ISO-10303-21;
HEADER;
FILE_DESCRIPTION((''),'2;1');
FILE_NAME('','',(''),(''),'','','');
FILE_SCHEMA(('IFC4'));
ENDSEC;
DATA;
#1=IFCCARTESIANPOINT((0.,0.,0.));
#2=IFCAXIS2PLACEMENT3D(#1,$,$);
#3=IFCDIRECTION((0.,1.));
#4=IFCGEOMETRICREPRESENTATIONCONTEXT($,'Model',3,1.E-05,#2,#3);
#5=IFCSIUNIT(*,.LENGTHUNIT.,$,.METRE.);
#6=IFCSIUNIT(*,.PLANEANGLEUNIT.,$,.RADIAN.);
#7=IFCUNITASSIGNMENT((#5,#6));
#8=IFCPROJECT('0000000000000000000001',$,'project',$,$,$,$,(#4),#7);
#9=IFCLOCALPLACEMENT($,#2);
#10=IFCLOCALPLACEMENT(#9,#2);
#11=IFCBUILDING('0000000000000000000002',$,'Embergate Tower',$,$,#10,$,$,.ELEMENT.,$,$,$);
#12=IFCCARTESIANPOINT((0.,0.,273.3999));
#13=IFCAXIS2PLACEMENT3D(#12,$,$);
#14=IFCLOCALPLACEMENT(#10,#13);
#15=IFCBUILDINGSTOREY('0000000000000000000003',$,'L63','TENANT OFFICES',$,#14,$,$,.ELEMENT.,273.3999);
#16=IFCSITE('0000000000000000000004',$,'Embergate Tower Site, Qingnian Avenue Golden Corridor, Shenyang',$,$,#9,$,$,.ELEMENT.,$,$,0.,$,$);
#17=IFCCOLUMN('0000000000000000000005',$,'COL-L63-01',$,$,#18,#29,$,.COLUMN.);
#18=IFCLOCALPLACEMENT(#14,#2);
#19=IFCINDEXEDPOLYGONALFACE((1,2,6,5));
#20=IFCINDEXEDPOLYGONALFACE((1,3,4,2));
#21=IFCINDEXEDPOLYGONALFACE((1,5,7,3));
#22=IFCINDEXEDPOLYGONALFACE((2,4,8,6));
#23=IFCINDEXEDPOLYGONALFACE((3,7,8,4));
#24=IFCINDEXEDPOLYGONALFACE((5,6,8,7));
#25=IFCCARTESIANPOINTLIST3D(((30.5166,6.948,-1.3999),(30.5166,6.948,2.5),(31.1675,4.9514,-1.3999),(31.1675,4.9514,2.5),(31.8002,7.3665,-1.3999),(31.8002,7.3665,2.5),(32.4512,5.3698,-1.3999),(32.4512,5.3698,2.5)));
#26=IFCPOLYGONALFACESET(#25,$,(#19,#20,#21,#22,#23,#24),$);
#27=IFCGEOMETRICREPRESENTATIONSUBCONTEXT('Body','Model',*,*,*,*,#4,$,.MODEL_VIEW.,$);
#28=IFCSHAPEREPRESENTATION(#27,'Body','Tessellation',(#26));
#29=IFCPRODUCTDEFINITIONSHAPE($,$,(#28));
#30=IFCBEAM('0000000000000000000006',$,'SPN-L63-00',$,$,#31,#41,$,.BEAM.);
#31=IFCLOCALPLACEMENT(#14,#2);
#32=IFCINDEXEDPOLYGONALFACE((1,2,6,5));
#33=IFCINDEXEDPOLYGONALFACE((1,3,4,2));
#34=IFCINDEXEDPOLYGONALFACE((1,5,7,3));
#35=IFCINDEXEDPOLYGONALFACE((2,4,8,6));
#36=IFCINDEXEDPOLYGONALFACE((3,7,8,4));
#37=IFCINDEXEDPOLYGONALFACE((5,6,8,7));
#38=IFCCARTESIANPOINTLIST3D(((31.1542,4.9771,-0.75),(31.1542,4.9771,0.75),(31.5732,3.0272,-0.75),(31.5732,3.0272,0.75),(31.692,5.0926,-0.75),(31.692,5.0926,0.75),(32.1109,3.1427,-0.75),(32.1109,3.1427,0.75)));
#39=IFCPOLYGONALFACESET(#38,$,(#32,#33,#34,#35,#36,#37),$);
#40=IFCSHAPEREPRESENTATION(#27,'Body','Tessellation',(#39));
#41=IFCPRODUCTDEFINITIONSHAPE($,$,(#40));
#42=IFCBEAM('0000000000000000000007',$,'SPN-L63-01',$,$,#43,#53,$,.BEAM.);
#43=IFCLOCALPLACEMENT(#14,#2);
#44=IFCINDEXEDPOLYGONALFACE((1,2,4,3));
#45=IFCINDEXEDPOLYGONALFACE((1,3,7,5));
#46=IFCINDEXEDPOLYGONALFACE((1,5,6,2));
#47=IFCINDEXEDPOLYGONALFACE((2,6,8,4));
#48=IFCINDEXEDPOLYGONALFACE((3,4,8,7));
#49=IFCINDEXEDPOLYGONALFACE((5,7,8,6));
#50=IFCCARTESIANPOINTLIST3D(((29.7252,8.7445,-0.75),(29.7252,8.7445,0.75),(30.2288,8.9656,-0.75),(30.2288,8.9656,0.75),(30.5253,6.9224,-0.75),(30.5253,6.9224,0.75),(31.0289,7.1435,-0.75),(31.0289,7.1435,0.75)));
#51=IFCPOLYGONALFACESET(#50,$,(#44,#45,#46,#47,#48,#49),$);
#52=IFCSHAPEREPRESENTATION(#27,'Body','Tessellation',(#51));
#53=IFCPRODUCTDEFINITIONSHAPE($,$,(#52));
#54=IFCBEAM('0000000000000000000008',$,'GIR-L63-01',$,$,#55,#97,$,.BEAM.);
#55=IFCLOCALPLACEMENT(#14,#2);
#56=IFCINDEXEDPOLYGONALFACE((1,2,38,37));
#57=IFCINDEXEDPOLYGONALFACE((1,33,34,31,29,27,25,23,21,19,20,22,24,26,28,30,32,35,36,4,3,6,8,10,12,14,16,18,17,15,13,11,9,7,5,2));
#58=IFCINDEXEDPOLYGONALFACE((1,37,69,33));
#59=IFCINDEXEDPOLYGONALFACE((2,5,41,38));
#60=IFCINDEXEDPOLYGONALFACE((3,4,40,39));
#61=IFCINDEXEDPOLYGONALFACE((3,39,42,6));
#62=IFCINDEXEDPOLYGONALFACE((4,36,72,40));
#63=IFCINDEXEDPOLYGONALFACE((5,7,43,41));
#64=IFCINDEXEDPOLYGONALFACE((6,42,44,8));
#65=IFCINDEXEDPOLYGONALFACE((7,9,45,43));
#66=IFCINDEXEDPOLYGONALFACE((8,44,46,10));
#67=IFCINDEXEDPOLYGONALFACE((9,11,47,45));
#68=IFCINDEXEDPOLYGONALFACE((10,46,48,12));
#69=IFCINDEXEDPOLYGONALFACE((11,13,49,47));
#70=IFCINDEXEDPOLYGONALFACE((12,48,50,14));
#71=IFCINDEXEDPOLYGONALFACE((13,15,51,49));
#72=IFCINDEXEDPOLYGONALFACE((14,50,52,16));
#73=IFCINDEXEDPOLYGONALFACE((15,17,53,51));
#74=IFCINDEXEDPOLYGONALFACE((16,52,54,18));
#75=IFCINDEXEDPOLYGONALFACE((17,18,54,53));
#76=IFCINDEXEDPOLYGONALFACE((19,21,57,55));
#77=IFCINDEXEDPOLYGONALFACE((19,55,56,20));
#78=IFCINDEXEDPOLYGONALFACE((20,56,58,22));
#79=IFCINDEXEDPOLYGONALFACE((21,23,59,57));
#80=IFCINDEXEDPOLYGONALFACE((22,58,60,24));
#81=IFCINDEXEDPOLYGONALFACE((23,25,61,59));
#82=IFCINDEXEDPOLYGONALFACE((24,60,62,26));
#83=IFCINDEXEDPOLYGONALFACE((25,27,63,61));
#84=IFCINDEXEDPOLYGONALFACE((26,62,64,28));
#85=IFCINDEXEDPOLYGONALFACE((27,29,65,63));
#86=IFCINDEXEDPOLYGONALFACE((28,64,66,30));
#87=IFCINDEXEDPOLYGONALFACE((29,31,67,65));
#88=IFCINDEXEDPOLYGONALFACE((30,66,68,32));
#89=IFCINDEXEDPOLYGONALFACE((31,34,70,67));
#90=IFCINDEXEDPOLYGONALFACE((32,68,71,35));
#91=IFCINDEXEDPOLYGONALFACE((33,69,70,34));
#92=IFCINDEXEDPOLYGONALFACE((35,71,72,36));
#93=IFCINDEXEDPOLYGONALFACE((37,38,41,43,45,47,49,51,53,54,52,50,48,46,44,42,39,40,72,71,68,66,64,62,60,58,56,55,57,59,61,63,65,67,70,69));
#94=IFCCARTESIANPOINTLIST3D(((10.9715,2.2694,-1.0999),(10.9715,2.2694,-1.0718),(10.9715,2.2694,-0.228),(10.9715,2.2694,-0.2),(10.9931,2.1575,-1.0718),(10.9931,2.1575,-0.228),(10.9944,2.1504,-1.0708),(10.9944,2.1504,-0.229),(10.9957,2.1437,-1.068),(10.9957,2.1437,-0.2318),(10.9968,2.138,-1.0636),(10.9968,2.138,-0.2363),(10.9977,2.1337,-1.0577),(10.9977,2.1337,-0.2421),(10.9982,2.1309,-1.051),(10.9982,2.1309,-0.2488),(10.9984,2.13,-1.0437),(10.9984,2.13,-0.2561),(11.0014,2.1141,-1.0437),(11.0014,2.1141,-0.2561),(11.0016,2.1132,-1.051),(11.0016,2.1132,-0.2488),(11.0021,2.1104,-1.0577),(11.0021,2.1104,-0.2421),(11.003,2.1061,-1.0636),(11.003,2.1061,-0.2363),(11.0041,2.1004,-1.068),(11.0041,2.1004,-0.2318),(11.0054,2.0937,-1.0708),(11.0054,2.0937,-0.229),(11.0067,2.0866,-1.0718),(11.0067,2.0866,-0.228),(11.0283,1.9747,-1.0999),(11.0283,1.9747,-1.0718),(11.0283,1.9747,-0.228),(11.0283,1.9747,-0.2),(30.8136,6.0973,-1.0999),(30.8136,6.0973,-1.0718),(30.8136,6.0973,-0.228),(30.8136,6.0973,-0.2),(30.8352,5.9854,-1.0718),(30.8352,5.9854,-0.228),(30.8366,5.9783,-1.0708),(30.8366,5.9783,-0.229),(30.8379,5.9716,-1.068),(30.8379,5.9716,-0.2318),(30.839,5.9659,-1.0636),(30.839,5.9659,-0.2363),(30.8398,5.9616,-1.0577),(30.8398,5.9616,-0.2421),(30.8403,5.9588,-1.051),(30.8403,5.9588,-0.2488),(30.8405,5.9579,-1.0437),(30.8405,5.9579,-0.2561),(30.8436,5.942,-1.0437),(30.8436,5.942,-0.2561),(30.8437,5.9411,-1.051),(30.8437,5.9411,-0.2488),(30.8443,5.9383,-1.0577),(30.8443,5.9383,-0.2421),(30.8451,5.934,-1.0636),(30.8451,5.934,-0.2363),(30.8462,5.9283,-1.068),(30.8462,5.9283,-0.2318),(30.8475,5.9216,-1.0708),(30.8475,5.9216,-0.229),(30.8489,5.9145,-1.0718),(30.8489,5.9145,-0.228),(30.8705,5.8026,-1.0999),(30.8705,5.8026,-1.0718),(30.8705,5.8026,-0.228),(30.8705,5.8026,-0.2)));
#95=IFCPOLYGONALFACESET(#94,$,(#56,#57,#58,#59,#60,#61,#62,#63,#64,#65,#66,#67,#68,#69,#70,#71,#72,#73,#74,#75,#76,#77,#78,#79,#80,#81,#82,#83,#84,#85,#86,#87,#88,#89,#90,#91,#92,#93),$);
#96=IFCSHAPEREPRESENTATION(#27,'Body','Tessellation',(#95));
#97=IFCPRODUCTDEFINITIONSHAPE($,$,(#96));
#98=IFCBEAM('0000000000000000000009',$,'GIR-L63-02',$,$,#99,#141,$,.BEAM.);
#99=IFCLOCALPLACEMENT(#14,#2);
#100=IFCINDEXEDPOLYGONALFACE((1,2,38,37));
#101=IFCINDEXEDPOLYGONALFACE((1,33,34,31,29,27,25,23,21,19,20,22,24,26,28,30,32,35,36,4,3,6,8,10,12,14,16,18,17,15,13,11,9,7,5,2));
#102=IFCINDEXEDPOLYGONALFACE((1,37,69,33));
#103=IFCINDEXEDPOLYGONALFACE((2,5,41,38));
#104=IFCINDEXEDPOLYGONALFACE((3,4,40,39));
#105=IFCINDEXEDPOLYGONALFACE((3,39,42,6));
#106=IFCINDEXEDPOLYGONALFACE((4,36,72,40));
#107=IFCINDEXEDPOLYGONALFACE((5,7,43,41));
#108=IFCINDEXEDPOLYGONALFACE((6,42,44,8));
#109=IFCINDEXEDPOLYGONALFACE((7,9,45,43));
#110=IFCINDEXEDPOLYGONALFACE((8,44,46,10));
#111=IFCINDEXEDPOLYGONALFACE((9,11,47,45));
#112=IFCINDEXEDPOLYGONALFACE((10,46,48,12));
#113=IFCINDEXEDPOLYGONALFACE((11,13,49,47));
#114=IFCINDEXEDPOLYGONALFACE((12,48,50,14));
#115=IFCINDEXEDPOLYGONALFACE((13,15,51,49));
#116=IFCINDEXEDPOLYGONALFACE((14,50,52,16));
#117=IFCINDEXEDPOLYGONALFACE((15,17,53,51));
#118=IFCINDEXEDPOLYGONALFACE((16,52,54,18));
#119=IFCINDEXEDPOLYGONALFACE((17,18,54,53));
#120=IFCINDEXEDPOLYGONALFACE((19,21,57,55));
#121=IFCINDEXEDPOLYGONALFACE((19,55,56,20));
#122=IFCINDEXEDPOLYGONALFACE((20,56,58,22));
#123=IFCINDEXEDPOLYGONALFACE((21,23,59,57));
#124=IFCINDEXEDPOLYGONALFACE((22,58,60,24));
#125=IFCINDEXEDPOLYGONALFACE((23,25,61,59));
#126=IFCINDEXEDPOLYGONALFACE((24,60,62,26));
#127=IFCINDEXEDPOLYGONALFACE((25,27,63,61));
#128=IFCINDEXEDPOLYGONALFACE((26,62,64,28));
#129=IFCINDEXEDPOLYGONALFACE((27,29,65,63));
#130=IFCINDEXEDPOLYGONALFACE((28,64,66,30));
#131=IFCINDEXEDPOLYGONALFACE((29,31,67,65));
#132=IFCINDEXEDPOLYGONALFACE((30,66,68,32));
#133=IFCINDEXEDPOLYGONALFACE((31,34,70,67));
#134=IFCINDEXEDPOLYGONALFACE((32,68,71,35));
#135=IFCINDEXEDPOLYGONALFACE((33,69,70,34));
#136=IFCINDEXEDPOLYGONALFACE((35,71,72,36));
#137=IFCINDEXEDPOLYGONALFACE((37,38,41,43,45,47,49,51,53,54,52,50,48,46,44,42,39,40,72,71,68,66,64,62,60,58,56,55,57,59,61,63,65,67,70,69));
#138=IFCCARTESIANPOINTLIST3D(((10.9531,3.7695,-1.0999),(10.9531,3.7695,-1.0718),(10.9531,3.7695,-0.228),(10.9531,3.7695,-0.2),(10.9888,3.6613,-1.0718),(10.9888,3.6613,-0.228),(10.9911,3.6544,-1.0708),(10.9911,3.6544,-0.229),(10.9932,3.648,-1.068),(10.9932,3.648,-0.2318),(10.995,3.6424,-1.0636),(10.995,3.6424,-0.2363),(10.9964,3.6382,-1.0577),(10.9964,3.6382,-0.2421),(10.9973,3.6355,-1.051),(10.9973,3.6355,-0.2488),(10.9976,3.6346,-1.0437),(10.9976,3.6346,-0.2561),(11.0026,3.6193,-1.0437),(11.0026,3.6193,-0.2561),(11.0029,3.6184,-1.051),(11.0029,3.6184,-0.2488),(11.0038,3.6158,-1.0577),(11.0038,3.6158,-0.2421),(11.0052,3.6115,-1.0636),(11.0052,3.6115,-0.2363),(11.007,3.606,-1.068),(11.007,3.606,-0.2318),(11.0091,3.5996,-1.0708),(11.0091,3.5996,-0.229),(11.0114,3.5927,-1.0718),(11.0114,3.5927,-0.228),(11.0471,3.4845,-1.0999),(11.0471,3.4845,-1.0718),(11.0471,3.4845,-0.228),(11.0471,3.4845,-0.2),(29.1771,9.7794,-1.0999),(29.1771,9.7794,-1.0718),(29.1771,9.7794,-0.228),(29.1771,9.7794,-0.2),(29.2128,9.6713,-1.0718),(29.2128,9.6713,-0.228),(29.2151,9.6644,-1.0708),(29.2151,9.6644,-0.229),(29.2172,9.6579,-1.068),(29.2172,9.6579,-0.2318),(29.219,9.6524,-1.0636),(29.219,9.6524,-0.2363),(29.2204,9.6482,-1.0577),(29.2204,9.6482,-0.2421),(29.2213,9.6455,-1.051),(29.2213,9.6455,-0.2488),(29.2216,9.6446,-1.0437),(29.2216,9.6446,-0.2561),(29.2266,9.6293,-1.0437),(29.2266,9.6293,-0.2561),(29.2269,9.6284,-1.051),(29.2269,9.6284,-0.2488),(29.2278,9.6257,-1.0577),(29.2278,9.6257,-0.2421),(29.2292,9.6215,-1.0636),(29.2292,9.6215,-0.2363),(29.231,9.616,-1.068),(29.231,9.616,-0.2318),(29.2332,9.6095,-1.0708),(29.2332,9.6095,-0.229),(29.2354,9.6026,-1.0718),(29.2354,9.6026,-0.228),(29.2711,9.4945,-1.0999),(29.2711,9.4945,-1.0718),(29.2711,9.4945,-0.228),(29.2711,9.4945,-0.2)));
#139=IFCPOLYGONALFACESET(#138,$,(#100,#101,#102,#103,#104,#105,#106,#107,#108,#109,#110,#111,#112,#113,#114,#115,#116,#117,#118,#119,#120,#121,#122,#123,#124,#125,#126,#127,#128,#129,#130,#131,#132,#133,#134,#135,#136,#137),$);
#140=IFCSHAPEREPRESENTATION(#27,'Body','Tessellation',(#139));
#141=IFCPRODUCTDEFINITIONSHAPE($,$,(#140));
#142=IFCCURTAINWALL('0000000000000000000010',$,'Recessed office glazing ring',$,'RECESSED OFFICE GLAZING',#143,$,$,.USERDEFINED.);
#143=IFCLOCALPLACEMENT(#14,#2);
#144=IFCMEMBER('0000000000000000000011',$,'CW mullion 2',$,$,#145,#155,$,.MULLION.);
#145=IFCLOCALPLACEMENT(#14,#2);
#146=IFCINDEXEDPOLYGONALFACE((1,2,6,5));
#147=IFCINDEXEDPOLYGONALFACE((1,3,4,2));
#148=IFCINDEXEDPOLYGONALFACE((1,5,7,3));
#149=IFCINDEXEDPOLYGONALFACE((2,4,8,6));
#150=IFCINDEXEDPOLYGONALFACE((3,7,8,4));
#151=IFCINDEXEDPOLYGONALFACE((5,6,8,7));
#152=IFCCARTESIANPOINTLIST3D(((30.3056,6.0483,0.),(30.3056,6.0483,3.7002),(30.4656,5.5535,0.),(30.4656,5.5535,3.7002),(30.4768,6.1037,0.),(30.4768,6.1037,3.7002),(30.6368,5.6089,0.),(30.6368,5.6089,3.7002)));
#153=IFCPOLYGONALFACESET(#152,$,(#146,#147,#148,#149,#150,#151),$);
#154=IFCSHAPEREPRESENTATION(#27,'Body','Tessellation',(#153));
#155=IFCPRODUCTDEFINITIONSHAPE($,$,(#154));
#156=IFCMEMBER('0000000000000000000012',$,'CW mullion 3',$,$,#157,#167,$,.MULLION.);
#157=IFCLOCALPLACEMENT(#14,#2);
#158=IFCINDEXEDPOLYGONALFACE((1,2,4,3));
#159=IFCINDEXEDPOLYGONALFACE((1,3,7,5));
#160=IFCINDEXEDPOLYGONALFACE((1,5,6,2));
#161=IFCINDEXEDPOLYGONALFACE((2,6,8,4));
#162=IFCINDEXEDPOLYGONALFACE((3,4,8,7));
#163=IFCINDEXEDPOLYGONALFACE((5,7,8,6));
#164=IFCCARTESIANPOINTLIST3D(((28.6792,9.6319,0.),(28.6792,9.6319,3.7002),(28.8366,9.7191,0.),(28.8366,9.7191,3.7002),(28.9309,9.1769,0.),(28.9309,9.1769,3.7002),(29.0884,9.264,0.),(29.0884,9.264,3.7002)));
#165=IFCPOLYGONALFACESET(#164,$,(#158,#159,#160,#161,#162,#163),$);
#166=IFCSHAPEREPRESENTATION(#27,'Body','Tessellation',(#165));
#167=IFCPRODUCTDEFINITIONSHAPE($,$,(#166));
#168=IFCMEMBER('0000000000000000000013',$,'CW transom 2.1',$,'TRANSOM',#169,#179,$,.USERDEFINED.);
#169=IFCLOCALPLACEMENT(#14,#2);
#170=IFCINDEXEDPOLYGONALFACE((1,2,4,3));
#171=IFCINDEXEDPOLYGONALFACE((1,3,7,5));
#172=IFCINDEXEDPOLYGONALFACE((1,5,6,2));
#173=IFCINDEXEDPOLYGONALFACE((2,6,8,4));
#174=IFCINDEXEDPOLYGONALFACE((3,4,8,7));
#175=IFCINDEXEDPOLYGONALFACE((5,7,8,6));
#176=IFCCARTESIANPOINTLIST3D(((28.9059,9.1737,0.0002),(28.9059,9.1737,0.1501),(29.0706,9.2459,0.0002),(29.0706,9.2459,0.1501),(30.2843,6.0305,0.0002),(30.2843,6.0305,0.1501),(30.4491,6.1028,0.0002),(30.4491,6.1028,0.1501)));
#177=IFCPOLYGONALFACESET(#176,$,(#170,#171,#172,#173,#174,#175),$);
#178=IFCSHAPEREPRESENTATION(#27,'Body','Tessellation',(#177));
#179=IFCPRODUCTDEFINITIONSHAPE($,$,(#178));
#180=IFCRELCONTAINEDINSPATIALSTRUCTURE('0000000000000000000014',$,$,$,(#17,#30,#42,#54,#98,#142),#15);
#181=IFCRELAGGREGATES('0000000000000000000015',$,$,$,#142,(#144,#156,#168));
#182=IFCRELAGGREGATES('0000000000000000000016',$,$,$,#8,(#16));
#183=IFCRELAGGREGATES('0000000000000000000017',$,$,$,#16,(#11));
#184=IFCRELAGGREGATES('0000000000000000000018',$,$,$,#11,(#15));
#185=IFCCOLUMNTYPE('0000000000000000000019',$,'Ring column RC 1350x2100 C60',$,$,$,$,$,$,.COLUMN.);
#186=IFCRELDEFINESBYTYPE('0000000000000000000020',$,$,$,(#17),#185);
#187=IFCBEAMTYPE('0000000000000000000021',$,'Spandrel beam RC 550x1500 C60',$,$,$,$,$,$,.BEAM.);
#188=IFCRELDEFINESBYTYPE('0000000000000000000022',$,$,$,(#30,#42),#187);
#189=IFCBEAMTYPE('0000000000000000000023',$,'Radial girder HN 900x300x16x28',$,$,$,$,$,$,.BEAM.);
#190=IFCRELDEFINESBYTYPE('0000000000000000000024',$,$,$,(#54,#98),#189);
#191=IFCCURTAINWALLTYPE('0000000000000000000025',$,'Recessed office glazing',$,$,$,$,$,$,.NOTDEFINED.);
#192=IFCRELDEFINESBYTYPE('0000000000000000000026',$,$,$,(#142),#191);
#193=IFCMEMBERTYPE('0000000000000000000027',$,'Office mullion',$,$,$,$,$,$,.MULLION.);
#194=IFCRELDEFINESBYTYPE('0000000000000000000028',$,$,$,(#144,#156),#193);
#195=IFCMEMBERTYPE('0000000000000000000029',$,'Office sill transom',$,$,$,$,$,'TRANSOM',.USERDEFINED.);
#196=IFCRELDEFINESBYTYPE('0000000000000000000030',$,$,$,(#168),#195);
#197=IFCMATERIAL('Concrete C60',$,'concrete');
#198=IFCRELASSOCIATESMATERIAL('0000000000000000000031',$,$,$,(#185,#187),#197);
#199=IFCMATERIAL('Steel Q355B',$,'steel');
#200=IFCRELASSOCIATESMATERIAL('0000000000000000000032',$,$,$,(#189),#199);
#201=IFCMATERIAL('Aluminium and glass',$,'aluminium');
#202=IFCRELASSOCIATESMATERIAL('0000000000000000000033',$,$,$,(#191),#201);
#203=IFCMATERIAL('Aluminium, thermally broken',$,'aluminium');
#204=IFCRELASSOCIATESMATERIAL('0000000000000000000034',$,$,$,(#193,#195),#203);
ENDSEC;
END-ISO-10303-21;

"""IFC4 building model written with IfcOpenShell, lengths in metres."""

from ifc_helpers import new_model, si_unit, direction, frame, origin, origin_2d, place, context, subcontext, project, spatial, rectangle, i_section, extrude, source, transform, mapped, material, material_profile, profile_set, type_object, element, aggregate, save


model = new_model("IFC4")

# Units and contexts
model_context = context("Model", 3, precision=1e-05, world=origin(), true_north=direction((0.0, 1.0)))
body_context = subcontext(model_context, "Body", "Model", "MODEL_VIEW")
ifc_project = project(units=[si_unit("LENGTHUNIT", "METRE"), si_unit("PLANEANGLEUNIT", "RADIAN")], contexts=[model_context])

# Site, building, storey
site_placement = place(None, origin())
site = spatial("IfcSite", under=ifc_project, at=site_placement, Name="Embergate Tower Site, Qingnian Avenue Golden Corridor, Shenyang", CompositionType="ELEMENT", RefElevation=0.0)
building_placement = place(site_placement, origin())
building = spatial("IfcBuilding", under=site, at=building_placement, Name="Embergate Tower", CompositionType="ELEMENT")
storey_placement = place(building_placement, frame((0.0, 0.0, 273.3999)))
storey = spatial("IfcBuildingStorey", under=building, at=storey_placement, Name="L63", Description="TENANT OFFICES", CompositionType="ELEMENT", Elevation=273.3999)

# Column
ifc_material_1 = material(Name="Concrete C60", Category="concrete")
ifc_material_profile_1 = material_profile(ifc_material_1, rectangle(XDim=1.3501, YDim=2.1001, at=origin_2d()), Name="RC 1350x2100")
ifc_profile_set_1 = profile_set([ifc_material_profile_1], Name="Concrete C60")
column_type = type_object("IfcColumnType", Name="Ring column RC 1350x2100 C60", PredefinedType="COLUMN", material=ifc_profile_set_1)
shared_shape_1 = source(origin(), body_context, "Body", "SweptSolid", [
    extrude(rectangle(XDim=1.3501, YDim=2.1001, at=origin_2d()), origin(), (0.0, 0.0, 1.0), 3.8999),
])
column_placement = place(storey_placement, frame((31.4839, 6.1589, -1.3999), z_axis=(0.0, 0.0, 1.0), x_axis=(0.950754, 0.309946, 0.0)))
element("IfcColumn", 1, at=column_placement, inside=storey, type_object=column_type, Name="COL-L63-01", PredefinedType="COLUMN", context=body_context, shape_type="MappedRepresentation", body=[
    mapped(shared_shape_1, transform((0.0, 0.0, 0.0))),
])

# Beams
ifc_material_profile_2 = material_profile(ifc_material_1, rectangle(XDim=0.55, YDim=1.5, at=origin_2d()), Name="RC 550x1500")
ifc_profile_set_2 = profile_set([ifc_material_profile_2], Name="Concrete C60")
beam_type_1 = type_object("IfcBeamType", Name="Spandrel beam RC 550x1500 C60", PredefinedType="BEAM", material=ifc_profile_set_2)
shared_shape_2 = source(origin(), body_context, "Body", "SweptSolid", [
    extrude(rectangle(XDim=0.55, YDim=1.5, at=origin_2d()), origin(), (0.0, 0.0, 1.0), 1.9944),
])
beam_1_placement = place(storey_placement, frame((31.842, 3.085, 0.0), z_axis=(-0.210056, 0.977689, 0.0), x_axis=(-0.977689, -0.210056, 0.0)))
element("IfcBeam", 2, at=beam_1_placement, inside=storey, type_object=beam_type_1, Name="SPN-L63-00", PredefinedType="BEAM", context=body_context, shape_type="MappedRepresentation", body=[
    mapped(shared_shape_2, transform((0.0, 0.0, 0.0))),
])
shared_shape_3 = source(origin(), body_context, "Body", "SweptSolid", [
    extrude(rectangle(XDim=0.55, YDim=1.5, at=origin_2d()), origin(), (0.0, 0.0, 1.0), 1.99),
])
beam_2_placement = place(storey_placement, frame((30.7771, 7.033, 0.0), z_axis=(-0.402048, 0.915619, 0.0), x_axis=(-0.915619, -0.402048, 0.0)))
element("IfcBeam", 3, at=beam_2_placement, inside=storey, type_object=beam_type_1, Name="SPN-L63-01", PredefinedType="BEAM", context=body_context, shape_type="MappedRepresentation", body=[
    mapped(shared_shape_3, transform((0.0, 0.0, 0.0))),
])
ifc_material_2 = material(Name="Steel Q355B", Category="steel")
ifc_material_profile_3 = material_profile(ifc_material_2, i_section(OverallWidth=0.3, OverallDepth=0.8999, WebThickness=0.0161, FlangeThickness=0.0281, FilletRadius=0.0281, at=origin_2d()), Name="HN 900x300x16x28")
ifc_profile_set_3 = profile_set([ifc_material_profile_3], Name="Steel Q355 grade B")
beam_type_2 = type_object("IfcBeamType", Name="Radial girder HN 900x300x16x28", PredefinedType="BEAM", material=ifc_profile_set_3)
shared_shape_4 = source(origin(), body_context, "Body", "SweptSolid", [
    extrude(i_section(OverallWidth=0.3, OverallDepth=0.8999, WebThickness=0.0161, FlangeThickness=0.0281, FilletRadius=0.0281, at=origin_2d()), origin(), (0.0, 0.0, 1.0), 20.208),
])
beam_3_placement = place(storey_placement, frame((30.842, 5.95, -0.6499), z_axis=(-0.981895, -0.189425, 0.0), x_axis=(0.189425, -0.981895, 0.0)))
element("IfcBeam", 4, at=beam_3_placement, inside=storey, type_object=beam_type_2, Name="GIR-L63-01", PredefinedType="BEAM", context=body_context, shape_type="MappedRepresentation", body=[
    mapped(shared_shape_4, transform((0.0, 0.0, 0.0))),
])
shared_shape_5 = source(origin(), body_context, "Body", "SweptSolid", [
    extrude(i_section(OverallWidth=0.3, OverallDepth=0.8999, WebThickness=0.0161, FlangeThickness=0.0281, FilletRadius=0.0281, at=origin_2d()), origin(), (0.0, 0.0, 1.0), 19.1895),
])
beam_4_placement = place(storey_placement, frame((29.2241, 9.637, -0.6499), z_axis=(-0.94969, -0.313192, 0.0), x_axis=(0.313192, -0.94969, 0.0)))
element("IfcBeam", 5, at=beam_4_placement, inside=storey, type_object=beam_type_2, Name="GIR-L63-02", PredefinedType="BEAM", context=body_context, shape_type="MappedRepresentation", body=[
    mapped(shared_shape_5, transform((0.0, 0.0, 0.0))),
])

# Curtain wall, members
ifc_material_3 = material(Name="Aluminium and glass", Category="aluminium")
curtain_wall_type = type_object("IfcCurtainWallType", Name="Recessed office glazing", PredefinedType="NOTDEFINED", material=ifc_material_3)
curtain_wall_placement = place(storey_placement, origin())
curtain_wall = element("IfcCurtainWall", 6, at=curtain_wall_placement, inside=storey, type_object=curtain_wall_type, Name="Recessed office glazing ring", ObjectType="RECESSED OFFICE GLAZING", PredefinedType="USERDEFINED")
ifc_material_4 = material(Name="Aluminium, thermally broken", Category="aluminium")
ifc_material_profile_4 = material_profile(ifc_material_4, rectangle(XDim=0.1799, YDim=0.52, at=origin_2d()), Name="AL 520x180")
ifc_profile_set_4 = profile_set([ifc_material_profile_4], Name="Aluminium, thermally broken")
member_type_1 = type_object("IfcMemberType", Name="Office mullion", PredefinedType="MULLION", material=ifc_profile_set_4)
shared_shape_6 = source(origin(), body_context, "Body", "SweptSolid", [
    extrude(rectangle(XDim=0.1799, YDim=0.52, at=origin_2d()), origin(), (0.0, 0.0, 1.0), 3.7002),
])
member_1_placement = place(storey_placement, frame((30.4712, 5.8286, 0.0), z_axis=(0.0, 0.0, 1.0), x_axis=(-0.951493, -0.307671, 0.0)))
member_1 = element("IfcMember", 7, at=member_1_placement, type_object=member_type_1, Name="CW mullion 2", PredefinedType="MULLION", context=body_context, shape_type="MappedRepresentation", body=[
    mapped(shared_shape_6, transform((0.0, 0.0, 0.0))),
])
member_2_placement = place(storey_placement, frame((28.8838, 9.448, 0.0), z_axis=(0.0, 0.0, 1.0), x_axis=(-0.874993, -0.484136, 0.0)))
member_2 = element("IfcMember", 8, at=member_2_placement, type_object=member_type_1, Name="CW mullion 3", PredefinedType="MULLION", context=body_context, shape_type="MappedRepresentation", body=[
    mapped(shared_shape_6, transform((0.0, 0.0, 0.0))),
])
ifc_material_profile_5 = material_profile(ifc_material_4, rectangle(XDim=0.1799, YDim=0.1499, at=origin_2d()), Name="AL 150x180")
ifc_profile_set_5 = profile_set([ifc_material_profile_5], Name="Aluminium, thermally broken")
member_type_2 = type_object("IfcMemberType", Name="Office sill transom", ElementType="TRANSOM", PredefinedType="USERDEFINED", material=ifc_profile_set_5)
shared_shape_7 = source(origin(), body_context, "Body", "SweptSolid", [
    extrude(rectangle(XDim=0.1799, YDim=0.1499, at=origin_2d()), origin(), (0.0, 0.0, 1.0), 3.4321),
])
member_3_placement = place(storey_placement, frame((30.3667, 6.0667, 0.0752), z_axis=(-0.401632, 0.915801, 0.0), x_axis=(-0.915801, -0.401632, 0.0)))
member_3 = element("IfcMember", 9, at=member_3_placement, type_object=member_type_2, Name="CW transom 2.1", ObjectType="TRANSOM", PredefinedType="USERDEFINED", context=body_context, shape_type="MappedRepresentation", body=[
    mapped(shared_shape_7, transform((0.0, 0.0, 0.0))),
])
aggregate(curtain_wall, [member_1, member_2, member_3])

save(model, "model.ifc")
